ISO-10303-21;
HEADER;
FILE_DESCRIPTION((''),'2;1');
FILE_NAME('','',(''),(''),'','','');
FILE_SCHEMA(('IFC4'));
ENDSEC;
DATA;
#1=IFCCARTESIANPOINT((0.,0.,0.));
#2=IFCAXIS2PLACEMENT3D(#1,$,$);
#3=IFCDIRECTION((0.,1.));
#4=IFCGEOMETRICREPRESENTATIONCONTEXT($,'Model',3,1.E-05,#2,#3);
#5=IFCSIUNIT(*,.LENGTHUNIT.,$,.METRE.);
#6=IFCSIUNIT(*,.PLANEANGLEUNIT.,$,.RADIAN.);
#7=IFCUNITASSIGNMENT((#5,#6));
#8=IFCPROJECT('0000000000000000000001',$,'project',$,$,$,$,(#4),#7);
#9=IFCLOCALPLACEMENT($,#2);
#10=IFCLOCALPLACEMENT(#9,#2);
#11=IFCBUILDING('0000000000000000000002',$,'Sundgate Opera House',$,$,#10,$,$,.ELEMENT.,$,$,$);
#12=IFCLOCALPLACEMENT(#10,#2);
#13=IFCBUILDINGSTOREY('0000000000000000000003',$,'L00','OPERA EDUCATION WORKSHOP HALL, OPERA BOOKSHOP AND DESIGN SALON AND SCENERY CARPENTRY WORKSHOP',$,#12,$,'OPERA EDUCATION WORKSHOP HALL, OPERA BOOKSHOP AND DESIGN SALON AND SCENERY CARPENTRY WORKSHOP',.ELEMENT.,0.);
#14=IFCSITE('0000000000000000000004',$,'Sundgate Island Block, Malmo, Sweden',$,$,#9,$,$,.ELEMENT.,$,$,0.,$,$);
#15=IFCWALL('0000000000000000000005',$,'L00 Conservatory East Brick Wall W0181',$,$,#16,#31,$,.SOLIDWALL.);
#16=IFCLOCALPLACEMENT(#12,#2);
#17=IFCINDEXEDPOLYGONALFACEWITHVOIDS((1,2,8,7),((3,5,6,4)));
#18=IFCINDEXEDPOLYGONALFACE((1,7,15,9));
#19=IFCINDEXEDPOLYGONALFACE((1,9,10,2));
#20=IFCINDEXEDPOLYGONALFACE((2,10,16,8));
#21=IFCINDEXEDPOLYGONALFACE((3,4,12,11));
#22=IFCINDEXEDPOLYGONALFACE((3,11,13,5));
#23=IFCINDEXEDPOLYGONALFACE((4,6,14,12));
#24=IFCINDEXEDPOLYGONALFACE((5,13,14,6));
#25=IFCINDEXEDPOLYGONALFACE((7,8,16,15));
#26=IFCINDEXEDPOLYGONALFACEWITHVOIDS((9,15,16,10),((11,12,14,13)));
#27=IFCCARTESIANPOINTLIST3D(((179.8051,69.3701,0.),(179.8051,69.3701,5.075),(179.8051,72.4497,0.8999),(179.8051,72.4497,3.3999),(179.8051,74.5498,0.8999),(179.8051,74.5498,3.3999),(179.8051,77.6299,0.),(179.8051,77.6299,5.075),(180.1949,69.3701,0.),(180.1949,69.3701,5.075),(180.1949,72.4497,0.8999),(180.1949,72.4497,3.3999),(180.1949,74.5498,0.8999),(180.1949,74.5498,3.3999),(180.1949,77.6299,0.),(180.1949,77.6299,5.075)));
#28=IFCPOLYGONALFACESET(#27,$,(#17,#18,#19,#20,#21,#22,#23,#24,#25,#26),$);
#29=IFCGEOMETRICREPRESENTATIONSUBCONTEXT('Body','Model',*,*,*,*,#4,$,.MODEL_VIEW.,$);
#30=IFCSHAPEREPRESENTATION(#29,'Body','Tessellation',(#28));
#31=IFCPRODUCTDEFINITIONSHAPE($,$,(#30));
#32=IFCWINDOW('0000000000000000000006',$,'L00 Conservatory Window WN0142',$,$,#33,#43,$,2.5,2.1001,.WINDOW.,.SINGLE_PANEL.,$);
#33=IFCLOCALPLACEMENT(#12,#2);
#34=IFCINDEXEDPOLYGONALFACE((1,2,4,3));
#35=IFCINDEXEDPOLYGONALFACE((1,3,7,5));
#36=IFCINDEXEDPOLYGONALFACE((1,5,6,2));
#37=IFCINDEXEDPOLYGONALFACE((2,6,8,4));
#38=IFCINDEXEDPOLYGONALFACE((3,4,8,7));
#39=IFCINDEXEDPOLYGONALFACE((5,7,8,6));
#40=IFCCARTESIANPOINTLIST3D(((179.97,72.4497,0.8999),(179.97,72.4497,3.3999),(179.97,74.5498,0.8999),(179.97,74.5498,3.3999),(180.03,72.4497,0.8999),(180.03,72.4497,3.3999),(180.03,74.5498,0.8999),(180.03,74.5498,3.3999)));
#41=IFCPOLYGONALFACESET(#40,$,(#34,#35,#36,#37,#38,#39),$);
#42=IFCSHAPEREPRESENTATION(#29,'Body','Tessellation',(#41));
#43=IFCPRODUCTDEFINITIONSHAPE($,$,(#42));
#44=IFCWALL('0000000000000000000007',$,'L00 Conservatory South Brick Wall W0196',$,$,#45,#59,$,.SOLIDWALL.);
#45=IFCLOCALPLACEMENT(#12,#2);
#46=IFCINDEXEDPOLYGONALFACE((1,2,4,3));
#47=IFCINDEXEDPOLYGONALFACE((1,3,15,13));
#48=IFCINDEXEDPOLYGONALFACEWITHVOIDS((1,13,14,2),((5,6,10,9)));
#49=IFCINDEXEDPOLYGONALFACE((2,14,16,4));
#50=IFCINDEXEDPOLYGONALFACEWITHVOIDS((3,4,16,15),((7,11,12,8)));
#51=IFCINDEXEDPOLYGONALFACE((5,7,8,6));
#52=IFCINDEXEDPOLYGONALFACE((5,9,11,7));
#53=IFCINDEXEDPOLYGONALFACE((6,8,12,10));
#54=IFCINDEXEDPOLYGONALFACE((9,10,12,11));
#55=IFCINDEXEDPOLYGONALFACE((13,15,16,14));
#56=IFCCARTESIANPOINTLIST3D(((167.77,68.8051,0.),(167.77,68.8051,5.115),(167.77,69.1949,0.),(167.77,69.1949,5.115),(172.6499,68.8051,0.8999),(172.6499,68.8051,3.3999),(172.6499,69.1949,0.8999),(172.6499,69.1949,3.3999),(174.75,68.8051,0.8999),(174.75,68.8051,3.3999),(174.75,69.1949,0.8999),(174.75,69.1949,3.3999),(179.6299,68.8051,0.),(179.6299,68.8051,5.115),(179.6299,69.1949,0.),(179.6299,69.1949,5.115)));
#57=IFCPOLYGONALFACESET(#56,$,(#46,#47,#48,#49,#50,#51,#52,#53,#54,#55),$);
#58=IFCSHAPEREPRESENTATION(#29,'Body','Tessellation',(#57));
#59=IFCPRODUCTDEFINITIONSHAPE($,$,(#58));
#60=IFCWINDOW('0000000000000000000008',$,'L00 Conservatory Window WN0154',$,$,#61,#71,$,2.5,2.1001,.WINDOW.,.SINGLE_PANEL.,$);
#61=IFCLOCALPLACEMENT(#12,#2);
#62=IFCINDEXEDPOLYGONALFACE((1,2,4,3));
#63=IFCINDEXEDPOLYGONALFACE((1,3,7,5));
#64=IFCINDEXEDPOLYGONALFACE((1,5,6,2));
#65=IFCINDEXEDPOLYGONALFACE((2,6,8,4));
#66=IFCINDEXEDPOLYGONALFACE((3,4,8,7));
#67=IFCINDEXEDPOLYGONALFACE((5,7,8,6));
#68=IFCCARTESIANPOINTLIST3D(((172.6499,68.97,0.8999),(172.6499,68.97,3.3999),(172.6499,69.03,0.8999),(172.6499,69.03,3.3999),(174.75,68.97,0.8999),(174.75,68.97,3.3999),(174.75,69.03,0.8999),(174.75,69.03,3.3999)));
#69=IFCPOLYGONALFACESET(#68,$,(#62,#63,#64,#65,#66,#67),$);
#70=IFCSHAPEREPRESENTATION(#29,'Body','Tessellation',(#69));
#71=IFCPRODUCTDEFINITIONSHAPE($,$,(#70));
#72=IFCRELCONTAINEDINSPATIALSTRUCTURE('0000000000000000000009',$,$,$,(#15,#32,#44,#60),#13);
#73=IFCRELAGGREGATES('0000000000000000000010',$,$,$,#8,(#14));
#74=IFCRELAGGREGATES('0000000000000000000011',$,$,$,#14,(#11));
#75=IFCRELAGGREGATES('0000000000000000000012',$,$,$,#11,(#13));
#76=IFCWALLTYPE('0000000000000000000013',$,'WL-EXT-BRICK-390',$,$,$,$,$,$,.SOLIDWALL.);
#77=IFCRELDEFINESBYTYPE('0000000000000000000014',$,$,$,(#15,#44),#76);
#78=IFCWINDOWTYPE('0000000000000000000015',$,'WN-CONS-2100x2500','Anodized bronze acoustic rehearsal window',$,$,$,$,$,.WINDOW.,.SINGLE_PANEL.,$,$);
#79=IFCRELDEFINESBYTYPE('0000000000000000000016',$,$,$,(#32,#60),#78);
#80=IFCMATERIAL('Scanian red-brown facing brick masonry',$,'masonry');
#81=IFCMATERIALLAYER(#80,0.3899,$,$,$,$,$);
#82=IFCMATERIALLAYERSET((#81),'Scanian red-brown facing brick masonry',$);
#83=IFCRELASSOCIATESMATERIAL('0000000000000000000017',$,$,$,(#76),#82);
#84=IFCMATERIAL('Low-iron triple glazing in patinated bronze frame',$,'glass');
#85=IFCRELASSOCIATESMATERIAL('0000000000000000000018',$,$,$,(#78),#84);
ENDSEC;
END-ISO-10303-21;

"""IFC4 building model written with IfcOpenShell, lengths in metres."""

from ifc_helpers import new_model, si_unit, direction, frame, frame_2d, origin, place, context, subcontext, project, spatial, rectangle, extrude, material, layer, layer_set, type_object, element, fill, save


model = new_model("IFC4")

# Units and contexts
model_context = context("Model", 3, precision=1e-05, world=origin(), true_north=direction((0.0, 1.0)))
body_context = subcontext(model_context, "Body", "Model", "MODEL_VIEW")
ifc_project = project(units=[si_unit("LENGTHUNIT", "METRE"), si_unit("PLANEANGLEUNIT", "RADIAN")], contexts=[model_context])

# Site, building, storey
site_placement = place(None, origin())
site = spatial("IfcSite", under=ifc_project, at=site_placement, Name="Sundgate Island Block, Malmo, Sweden", CompositionType="ELEMENT", RefElevation=0.0)
building_placement = place(site_placement, origin())
building = spatial("IfcBuilding", under=site, at=building_placement, Name="Sundgate Opera House", CompositionType="ELEMENT")
storey_placement = place(building_placement, origin())
storey = spatial("IfcBuildingStorey", under=building, at=storey_placement, Name="L00", Description="OPERA EDUCATION WORKSHOP HALL, OPERA BOOKSHOP AND DESIGN SALON AND SCENERY CARPENTRY WORKSHOP", LongName="OPERA EDUCATION WORKSHOP HALL, OPERA BOOKSHOP AND DESIGN SALON AND SCENERY CARPENTRY WORKSHOP", CompositionType="ELEMENT", Elevation=0.0)

# Wall, opening, window
ifc_material_1 = material(Name="Scanian red-brown facing brick masonry", Category="masonry")
ifc_layer = layer(ifc_material_1, 0.3899)
ifc_layer_set = layer_set([ifc_layer], Name="Scanian red-brown facing brick masonry")
wall_type = type_object("IfcWallType", Name="WL-EXT-BRICK-390", PredefinedType="SOLIDWALL", material=ifc_layer_set)
wall_1_placement = place(storey_placement, frame((180.0, 77.6299, 0.0), z_axis=(0.0, 0.0, 1.0), x_axis=(0.0, -1.0, 0.0)))
wall_1 = element("IfcWall", 1, at=wall_1_placement, inside=storey, type_object=wall_type, Name="L00 Conservatory East Brick Wall W0181", PredefinedType="SOLIDWALL", context=body_context, shape_type="SweptSolid", body=[
    extrude(rectangle(XDim=8.2598, YDim=0.3899, at=frame_2d((4.1299, 0.0))), origin(), (0.0, 0.0, 1.0), 5.075),
])
opening_1_placement = place(wall_1_placement, frame((3.0801, 0.0, 0.8999)))
opening_1 = element("IfcOpeningElement", 2, at=opening_1_placement, cuts=wall_1, PredefinedType="OPENING", context=body_context, shape_type="SweptSolid", body=[
    extrude(rectangle(XDim=2.1001, YDim=2.5, at=frame_2d((1.05, 1.25))), frame((0.0, 0.2048, 0.0), z_axis=(0.0, -1.0, 0.0), x_axis=(1.0, 0.0, 0.0)), (0.0, 0.0, 1.0), 0.4099),
])
ifc_material_2 = material(Name="Low-iron triple glazing in patinated bronze frame", Category="glass")
window_type = type_object("IfcWindowType", Name="WN-CONS-2100x2500", Description="Anodized bronze acoustic rehearsal window", PartitioningType="SINGLE_PANEL", PredefinedType="WINDOW", material=ifc_material_2)
window_1_placement = place(opening_1_placement, origin())
window_1 = element("IfcWindow", 3, at=window_1_placement, inside=storey, type_object=window_type, Name="L00 Conservatory Window WN0142", OverallHeight=2.5, OverallWidth=2.1001, PartitioningType="SINGLE_PANEL", PredefinedType="WINDOW", context=body_context, shape_type="SweptSolid", body=[
    extrude(rectangle(XDim=2.1001, YDim=2.5, at=frame_2d((1.05, 1.25))), frame((0.0, 0.03, 0.0), z_axis=(0.0, -1.0, 0.0), x_axis=(1.0, 0.0, 0.0)), (0.0, 0.0, 1.0), 0.0601),
])
fill(opening_1, window_1)

# Wall, opening, window
wall_2_placement = place(storey_placement, frame((179.6299, 69.0, 0.0), z_axis=(0.0, 0.0, 1.0), x_axis=(-1.0, 0.0, 0.0)))
wall_2 = element("IfcWall", 4, at=wall_2_placement, inside=storey, type_object=wall_type, Name="L00 Conservatory South Brick Wall W0196", PredefinedType="SOLIDWALL", context=body_context, shape_type="SweptSolid", body=[
    extrude(rectangle(XDim=11.8599, YDim=0.3899, at=frame_2d((5.9299, 0.0))), origin(), (0.0, 0.0, 1.0), 5.115),
])
opening_2_placement = place(wall_2_placement, frame((4.8799, 0.0, 0.8999)))
opening_2 = element("IfcOpeningElement", 5, at=opening_2_placement, cuts=wall_2, PredefinedType="OPENING", context=body_context, shape_type="SweptSolid", body=[
    extrude(rectangle(XDim=2.1001, YDim=2.5, at=frame_2d((1.05, 1.25))), frame((0.0, 0.2048, 0.0), z_axis=(0.0, -1.0, 0.0), x_axis=(1.0, 0.0, 0.0)), (0.0, 0.0, 1.0), 0.4099),
])
window_2_placement = place(opening_2_placement, origin())
window_2 = element("IfcWindow", 6, at=window_2_placement, inside=storey, type_object=window_type, Name="L00 Conservatory Window WN0154", OverallHeight=2.5, OverallWidth=2.1001, PartitioningType="SINGLE_PANEL", PredefinedType="WINDOW", context=body_context, shape_type="SweptSolid", body=[
    extrude(rectangle(XDim=2.1001, YDim=2.5, at=frame_2d((1.05, 1.25))), frame((0.0, 0.03, 0.0), z_axis=(0.0, -1.0, 0.0), x_axis=(1.0, 0.0, 0.0)), (0.0, 0.0, 1.0), 0.0601),
])
fill(opening_2, window_2)

save(model, "model.ifc")
